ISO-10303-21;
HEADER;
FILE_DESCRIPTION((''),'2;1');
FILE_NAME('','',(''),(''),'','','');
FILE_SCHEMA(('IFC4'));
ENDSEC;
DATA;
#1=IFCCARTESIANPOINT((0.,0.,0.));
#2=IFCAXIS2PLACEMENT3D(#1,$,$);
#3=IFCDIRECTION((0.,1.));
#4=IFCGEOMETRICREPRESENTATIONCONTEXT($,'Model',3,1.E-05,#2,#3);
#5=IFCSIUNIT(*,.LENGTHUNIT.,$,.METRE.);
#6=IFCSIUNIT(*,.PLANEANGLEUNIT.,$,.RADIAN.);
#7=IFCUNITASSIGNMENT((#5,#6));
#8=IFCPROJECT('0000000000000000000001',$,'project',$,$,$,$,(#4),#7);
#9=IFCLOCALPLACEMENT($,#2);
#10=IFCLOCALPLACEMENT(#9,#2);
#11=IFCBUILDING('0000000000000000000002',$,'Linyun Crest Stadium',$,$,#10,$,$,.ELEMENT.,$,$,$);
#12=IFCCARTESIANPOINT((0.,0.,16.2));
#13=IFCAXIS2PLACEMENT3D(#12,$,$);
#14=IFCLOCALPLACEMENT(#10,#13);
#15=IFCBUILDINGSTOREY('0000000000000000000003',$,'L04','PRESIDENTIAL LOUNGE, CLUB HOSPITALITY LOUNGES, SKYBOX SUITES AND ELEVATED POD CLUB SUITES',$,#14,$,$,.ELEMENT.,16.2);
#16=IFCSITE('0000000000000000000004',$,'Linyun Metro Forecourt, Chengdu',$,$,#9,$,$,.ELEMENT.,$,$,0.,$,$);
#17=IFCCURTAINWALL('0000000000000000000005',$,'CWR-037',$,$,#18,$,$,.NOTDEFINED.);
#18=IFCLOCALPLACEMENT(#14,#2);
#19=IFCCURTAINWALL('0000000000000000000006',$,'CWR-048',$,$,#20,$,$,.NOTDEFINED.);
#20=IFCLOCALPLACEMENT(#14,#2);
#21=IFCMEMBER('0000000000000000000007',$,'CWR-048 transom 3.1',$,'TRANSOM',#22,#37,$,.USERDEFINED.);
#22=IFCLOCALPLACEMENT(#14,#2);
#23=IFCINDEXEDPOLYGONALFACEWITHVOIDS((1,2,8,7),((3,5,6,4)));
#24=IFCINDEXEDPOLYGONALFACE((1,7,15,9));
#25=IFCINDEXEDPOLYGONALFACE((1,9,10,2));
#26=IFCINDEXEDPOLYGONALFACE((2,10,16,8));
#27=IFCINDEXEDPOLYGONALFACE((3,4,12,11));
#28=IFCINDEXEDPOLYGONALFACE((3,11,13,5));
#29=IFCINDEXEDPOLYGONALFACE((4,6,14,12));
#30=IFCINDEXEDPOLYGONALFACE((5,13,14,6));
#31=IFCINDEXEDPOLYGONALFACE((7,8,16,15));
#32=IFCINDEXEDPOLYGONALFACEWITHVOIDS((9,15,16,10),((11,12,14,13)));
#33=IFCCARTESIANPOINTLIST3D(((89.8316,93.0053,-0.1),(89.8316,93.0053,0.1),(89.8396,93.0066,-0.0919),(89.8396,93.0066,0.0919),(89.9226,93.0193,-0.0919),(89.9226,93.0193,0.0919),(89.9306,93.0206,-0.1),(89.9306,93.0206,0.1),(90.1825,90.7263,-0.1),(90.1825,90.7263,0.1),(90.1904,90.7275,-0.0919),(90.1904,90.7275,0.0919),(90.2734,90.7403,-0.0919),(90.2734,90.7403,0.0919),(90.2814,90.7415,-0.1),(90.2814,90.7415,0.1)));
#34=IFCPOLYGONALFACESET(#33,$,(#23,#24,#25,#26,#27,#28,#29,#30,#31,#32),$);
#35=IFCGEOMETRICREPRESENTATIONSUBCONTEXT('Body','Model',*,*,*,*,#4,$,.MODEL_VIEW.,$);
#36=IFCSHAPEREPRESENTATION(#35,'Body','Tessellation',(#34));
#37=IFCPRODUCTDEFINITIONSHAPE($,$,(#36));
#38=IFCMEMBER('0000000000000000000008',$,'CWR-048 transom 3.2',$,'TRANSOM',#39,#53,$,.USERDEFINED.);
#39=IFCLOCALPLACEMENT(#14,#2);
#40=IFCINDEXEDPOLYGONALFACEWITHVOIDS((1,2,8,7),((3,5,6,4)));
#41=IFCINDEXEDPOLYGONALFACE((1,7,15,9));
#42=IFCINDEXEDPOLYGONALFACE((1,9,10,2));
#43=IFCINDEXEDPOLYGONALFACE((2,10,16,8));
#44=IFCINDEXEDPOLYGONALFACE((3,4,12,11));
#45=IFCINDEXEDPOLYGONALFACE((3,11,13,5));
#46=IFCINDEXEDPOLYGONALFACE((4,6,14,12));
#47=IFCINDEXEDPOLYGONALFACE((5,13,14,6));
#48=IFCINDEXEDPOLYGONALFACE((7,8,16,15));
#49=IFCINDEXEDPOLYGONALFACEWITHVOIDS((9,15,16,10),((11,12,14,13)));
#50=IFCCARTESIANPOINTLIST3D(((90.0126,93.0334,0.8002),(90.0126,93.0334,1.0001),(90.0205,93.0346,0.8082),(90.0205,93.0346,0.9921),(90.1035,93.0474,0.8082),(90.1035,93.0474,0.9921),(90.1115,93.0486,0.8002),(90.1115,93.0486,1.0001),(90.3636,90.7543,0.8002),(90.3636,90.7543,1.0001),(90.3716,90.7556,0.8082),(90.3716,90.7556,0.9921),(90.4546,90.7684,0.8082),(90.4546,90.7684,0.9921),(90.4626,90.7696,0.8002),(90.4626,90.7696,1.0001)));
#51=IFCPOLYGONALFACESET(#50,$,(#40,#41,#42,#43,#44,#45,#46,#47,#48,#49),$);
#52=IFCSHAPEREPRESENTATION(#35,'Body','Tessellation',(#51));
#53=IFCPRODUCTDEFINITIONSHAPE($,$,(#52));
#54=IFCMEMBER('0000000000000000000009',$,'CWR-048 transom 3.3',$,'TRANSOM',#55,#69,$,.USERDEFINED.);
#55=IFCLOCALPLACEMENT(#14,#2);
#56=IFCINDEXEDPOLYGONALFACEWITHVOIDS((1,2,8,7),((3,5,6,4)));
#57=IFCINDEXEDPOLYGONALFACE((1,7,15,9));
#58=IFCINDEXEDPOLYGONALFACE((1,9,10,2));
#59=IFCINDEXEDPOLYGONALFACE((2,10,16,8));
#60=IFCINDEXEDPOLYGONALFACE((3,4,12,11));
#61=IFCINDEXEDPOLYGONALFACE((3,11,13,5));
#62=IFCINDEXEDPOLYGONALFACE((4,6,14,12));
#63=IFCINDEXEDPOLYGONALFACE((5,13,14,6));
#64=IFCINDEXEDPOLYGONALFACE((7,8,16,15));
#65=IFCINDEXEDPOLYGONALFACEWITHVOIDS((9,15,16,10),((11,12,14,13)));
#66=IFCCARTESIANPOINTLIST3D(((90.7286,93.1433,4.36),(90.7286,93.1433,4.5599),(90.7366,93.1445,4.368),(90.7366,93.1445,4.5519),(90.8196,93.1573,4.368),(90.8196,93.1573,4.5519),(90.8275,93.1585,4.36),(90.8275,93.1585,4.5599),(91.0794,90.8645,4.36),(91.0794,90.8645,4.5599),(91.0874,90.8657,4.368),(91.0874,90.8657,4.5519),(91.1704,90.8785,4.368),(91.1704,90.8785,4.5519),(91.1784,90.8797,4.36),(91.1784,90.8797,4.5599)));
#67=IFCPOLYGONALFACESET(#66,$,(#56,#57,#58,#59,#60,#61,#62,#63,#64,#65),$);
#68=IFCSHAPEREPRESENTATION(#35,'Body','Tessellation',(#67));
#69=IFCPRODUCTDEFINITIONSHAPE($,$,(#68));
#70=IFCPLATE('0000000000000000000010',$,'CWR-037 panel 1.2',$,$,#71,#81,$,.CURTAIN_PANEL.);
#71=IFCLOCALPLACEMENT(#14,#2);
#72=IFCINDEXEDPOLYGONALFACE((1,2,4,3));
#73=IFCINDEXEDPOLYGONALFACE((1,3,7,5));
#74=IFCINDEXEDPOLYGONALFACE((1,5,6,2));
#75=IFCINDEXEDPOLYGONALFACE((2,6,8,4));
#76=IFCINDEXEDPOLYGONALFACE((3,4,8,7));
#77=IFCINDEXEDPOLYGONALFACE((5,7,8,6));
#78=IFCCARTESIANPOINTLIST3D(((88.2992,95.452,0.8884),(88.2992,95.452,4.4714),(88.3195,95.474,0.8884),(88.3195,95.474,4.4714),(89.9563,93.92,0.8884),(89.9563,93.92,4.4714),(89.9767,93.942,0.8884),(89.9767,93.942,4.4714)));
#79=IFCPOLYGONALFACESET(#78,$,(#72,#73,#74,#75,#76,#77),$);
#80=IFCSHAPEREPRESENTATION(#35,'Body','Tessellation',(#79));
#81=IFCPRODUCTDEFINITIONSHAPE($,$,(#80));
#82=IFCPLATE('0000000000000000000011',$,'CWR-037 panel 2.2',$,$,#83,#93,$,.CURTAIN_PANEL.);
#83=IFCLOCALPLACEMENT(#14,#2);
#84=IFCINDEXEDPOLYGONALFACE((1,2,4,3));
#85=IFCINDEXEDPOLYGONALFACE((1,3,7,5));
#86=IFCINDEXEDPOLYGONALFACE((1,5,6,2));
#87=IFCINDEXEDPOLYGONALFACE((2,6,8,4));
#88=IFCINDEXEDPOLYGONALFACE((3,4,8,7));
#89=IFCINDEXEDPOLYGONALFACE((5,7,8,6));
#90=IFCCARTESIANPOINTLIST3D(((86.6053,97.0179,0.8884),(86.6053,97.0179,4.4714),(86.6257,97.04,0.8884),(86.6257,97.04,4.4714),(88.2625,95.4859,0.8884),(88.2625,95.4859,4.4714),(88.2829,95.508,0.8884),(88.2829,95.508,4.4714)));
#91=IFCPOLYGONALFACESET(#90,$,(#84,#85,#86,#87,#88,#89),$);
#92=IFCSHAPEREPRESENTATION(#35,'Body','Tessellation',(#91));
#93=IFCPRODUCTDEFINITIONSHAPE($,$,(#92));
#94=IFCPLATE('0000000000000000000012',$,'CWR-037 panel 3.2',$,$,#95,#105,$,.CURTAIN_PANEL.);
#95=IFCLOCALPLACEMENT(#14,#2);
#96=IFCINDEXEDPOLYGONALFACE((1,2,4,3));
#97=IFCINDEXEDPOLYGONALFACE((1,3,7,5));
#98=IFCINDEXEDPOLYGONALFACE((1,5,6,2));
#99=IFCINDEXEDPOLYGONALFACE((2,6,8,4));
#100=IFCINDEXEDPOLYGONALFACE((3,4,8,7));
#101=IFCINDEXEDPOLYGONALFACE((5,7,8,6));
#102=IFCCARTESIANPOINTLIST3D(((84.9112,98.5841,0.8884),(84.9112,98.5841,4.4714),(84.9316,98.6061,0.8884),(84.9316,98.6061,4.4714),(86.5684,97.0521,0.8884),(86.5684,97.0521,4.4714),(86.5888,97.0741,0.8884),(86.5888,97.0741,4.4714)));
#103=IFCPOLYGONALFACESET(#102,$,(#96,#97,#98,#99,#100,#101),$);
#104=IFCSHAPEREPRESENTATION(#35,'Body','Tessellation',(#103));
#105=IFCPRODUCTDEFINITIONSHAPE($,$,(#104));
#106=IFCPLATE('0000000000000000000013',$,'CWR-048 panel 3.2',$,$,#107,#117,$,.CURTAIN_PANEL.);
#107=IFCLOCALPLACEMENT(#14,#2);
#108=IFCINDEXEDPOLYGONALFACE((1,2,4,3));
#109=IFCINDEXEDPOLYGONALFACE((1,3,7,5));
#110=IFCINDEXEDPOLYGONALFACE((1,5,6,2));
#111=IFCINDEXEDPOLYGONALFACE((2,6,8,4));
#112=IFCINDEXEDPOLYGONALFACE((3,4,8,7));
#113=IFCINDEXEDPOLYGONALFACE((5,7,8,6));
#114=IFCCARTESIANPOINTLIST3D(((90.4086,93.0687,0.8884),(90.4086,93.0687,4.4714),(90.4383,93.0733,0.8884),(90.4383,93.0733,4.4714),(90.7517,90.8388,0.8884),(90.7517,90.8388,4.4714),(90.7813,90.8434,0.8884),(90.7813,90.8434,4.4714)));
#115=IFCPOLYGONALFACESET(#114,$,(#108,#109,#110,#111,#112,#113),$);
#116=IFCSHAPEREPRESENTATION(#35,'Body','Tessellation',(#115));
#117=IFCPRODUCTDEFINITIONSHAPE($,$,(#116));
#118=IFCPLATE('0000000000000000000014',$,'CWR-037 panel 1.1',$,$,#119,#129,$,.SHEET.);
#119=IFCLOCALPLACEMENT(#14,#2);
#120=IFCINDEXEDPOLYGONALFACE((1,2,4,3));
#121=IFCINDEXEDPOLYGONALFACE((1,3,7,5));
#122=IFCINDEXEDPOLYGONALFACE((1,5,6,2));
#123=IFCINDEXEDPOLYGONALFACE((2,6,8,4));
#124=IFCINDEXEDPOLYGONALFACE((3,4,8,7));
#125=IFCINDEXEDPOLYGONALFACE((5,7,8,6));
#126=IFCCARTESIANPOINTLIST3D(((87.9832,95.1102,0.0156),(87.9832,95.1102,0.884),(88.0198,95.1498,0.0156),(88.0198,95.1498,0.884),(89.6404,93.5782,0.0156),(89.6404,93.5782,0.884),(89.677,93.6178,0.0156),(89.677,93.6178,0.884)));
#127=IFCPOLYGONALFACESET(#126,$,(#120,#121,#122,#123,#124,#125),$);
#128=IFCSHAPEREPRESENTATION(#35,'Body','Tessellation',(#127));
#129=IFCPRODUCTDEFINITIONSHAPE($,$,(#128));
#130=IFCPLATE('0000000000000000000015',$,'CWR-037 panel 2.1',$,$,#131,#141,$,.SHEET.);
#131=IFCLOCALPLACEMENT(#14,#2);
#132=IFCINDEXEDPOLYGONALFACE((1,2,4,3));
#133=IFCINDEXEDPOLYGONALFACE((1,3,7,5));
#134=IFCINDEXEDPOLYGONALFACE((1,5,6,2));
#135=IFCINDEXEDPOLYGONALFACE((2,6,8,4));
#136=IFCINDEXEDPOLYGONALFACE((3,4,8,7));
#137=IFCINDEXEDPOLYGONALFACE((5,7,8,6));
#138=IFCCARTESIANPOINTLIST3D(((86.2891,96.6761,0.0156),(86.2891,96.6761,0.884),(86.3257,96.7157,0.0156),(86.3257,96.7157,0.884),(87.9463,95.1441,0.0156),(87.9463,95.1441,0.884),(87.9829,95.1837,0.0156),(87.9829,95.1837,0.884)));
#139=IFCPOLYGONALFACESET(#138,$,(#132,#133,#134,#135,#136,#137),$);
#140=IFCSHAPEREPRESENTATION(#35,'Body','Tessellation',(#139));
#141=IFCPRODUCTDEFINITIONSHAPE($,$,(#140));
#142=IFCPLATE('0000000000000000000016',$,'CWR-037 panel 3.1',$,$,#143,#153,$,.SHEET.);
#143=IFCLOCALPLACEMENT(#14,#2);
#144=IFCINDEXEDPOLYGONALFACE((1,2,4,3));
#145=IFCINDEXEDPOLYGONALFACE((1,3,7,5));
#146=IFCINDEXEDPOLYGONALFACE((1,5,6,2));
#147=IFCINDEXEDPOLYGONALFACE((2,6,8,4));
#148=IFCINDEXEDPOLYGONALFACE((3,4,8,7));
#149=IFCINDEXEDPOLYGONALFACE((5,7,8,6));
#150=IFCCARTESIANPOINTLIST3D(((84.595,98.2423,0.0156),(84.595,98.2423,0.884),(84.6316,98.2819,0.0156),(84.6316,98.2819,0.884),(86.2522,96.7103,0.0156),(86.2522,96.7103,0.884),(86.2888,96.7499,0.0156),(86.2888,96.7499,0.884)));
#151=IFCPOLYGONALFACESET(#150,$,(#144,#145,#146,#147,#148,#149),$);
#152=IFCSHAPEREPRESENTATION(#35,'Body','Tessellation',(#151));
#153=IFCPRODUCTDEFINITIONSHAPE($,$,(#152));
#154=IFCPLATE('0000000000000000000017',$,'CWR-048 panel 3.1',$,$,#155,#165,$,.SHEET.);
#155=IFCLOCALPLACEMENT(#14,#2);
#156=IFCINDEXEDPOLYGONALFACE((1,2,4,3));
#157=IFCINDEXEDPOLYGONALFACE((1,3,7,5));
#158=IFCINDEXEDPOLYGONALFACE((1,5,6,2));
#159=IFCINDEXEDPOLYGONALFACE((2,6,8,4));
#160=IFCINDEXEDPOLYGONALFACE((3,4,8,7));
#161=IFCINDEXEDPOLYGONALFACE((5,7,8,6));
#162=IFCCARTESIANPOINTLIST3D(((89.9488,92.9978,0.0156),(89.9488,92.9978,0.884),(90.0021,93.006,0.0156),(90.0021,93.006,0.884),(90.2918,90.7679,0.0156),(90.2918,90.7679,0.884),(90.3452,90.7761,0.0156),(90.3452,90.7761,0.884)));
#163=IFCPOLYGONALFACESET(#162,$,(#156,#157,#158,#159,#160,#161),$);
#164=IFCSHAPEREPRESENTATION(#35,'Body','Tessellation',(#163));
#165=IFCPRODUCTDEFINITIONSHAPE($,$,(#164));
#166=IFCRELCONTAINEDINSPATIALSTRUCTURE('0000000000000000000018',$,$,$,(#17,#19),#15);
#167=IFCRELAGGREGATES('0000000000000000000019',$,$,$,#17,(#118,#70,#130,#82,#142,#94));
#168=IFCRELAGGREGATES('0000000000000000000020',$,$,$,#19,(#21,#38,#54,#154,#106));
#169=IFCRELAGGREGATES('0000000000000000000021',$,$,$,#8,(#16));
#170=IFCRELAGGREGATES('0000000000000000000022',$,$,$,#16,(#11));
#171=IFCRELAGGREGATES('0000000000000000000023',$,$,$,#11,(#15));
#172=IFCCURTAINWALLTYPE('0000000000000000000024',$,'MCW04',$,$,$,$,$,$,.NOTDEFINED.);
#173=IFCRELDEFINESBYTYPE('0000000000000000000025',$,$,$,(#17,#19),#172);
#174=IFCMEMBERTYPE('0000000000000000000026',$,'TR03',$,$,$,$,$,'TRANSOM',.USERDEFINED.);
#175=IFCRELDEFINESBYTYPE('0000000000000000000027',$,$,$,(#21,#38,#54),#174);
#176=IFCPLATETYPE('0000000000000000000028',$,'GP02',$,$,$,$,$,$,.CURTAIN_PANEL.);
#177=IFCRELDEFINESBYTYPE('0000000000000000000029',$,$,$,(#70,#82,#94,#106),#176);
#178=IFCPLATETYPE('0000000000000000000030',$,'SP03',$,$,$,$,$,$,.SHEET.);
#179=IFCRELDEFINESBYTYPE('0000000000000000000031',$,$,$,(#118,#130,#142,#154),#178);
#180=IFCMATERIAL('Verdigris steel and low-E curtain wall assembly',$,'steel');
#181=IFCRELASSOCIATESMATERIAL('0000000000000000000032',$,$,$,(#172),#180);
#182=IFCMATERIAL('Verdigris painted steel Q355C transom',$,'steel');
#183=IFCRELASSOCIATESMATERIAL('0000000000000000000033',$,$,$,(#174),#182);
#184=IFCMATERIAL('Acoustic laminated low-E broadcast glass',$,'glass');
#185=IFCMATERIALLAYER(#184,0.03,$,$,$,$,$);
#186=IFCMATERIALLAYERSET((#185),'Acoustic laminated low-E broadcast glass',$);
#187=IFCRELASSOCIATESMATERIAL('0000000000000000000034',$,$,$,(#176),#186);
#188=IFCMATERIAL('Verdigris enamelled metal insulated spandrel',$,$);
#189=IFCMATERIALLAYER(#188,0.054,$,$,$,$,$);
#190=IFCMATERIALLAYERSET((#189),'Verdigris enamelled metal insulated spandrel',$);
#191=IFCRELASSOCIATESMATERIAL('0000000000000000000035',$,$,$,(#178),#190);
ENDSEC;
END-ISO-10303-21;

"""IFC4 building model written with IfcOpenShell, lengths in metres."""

from ifc_helpers import new_model, si_unit, direction, frame, origin, origin_2d, place, context, subcontext, project, spatial, rectangle, hollow_rectangle, extrude, material, layer, layer_set, material_profile, profile_set, type_object, element, aggregate, save


model = new_model("IFC4")

# Units and contexts
model_context = context("Model", 3, precision=1e-05, world=origin(), true_north=direction((0.0, 1.0)))
body_context = subcontext(model_context, "Body", "Model", "MODEL_VIEW")
ifc_project = project(units=[si_unit("LENGTHUNIT", "METRE"), si_unit("PLANEANGLEUNIT", "RADIAN")], contexts=[model_context])

# Site, building, storey
site_placement = place(None, origin())
site = spatial("IfcSite", under=ifc_project, at=site_placement, Name="Linyun Metro Forecourt, Chengdu", CompositionType="ELEMENT", RefElevation=0.0)
building_placement = place(site_placement, origin())
building = spatial("IfcBuilding", under=site, at=building_placement, Name="Linyun Crest Stadium", CompositionType="ELEMENT")
storey_placement = place(building_placement, frame((0.0, 0.0, 16.2)))
storey = spatial("IfcBuildingStorey", under=building, at=storey_placement, Name="L04", Description="PRESIDENTIAL LOUNGE, CLUB HOSPITALITY LOUNGES, SKYBOX SUITES AND ELEVATED POD CLUB SUITES", CompositionType="ELEMENT", Elevation=16.2)

# Curtain wall
ifc_material_1 = material(Name="Verdigris steel and low-E curtain wall assembly", Category="steel")
curtain_wall_type = type_object("IfcCurtainWallType", Name="MCW04", PredefinedType="NOTDEFINED", material=ifc_material_1)
curtain_wall_1_placement = place(storey_placement, origin())
curtain_wall_1 = element("IfcCurtainWall", 1, at=curtain_wall_1_placement, inside=storey, type_object=curtain_wall_type, Name="CWR-037", PredefinedType="NOTDEFINED")

# Curtain wall
curtain_wall_2_placement = place(storey_placement, origin())
curtain_wall_2 = element("IfcCurtainWall", 2, at=curtain_wall_2_placement, inside=storey, type_object=curtain_wall_type, Name="CWR-048", PredefinedType="NOTDEFINED")

# Members
ifc_material_2 = material(Name="Verdigris painted steel Q355C transom", Category="steel")
ifc_material_profile_1 = material_profile(ifc_material_2, hollow_rectangle(XDim=0.1001, YDim=0.2, WallThickness=0.0081, at=origin_2d()), Name="RHS 200x100x8")
ifc_profile_set_1 = profile_set([ifc_material_profile_1], Name="Verdigris painted steel Q355C transom")
member_type_1 = type_object("IfcMemberType", Name="TR03", ElementType="TRANSOM", PredefinedType="USERDEFINED", material=ifc_profile_set_1)
member_1_placement = place(storey_placement, frame((90.2319, 90.7339, 0.0), z_axis=(-0.152145, 0.988358, 0.0), x_axis=(-0.988358, -0.152145, 0.0)))
member_1 = element("IfcMember", 3, at=member_1_placement, type_object=member_type_1, Name="CWR-048 transom 3.1", ObjectType="TRANSOM", PredefinedType="USERDEFINED", context=body_context, shape_type="SweptSolid", body=[
    extrude(hollow_rectangle(XDim=0.1001, YDim=0.2, WallThickness=0.0081, at=origin_2d()), origin(), (0.0, 0.0, 1.0), 2.3059),
])
member_2_placement = place(storey_placement, frame((90.4131, 90.762, 0.9001), z_axis=(-0.152248, 0.988342, 0.0), x_axis=(-0.988342, -0.152248, 0.0)))
member_2 = element("IfcMember", 4, at=member_2_placement, type_object=member_type_1, Name="CWR-048 transom 3.2", ObjectType="TRANSOM", PredefinedType="USERDEFINED", context=body_context, shape_type="SweptSolid", body=[
    extrude(hollow_rectangle(XDim=0.1001, YDim=0.2, WallThickness=0.0081, at=origin_2d()), origin(), (0.0, 0.0, 1.0), 2.3059),
])
member_3_placement = place(storey_placement, frame((91.1289, 90.8721, 4.46), z_axis=(-0.152161, 0.988356, 0.0), x_axis=(-0.988356, -0.152161, 0.0)))
member_3 = element("IfcMember", 5, at=member_3_placement, type_object=member_type_1, Name="CWR-048 transom 3.3", ObjectType="TRANSOM", PredefinedType="USERDEFINED", context=body_context, shape_type="SweptSolid", body=[
    extrude(hollow_rectangle(XDim=0.1001, YDim=0.2, WallThickness=0.0081, at=origin_2d()), origin(), (0.0, 0.0, 1.0), 2.3057),
])

# Plates
ifc_material_3 = material(Name="Acoustic laminated low-E broadcast glass", Category="glass")
ifc_layer_1 = layer(ifc_material_3, 0.03)
ifc_layer_set_1 = layer_set([ifc_layer_1], Name="Acoustic laminated low-E broadcast glass")
plate_type_1 = type_object("IfcPlateType", Name="GP02", PredefinedType="CURTAIN_PANEL", material=ifc_layer_set_1)
plate_1_placement = place(storey_placement, frame((89.1379, 94.697, 0.8884), z_axis=(0.0, 0.0, 1.0), x_axis=(-0.734299, 0.678826, 0.0)))
plate_1 = element("IfcPlate", 6, at=plate_1_placement, type_object=plate_type_1, Name="CWR-037 panel 1.2", PredefinedType="CURTAIN_PANEL", context=body_context, shape_type="SweptSolid", body=[
    extrude(rectangle(XDim=2.2568, YDim=0.03, at=origin_2d()), origin(), (0.0, 0.0, 1.0), 3.583),
])
plate_2_placement = place(storey_placement, frame((87.4441, 96.2629, 0.8884), z_axis=(0.0, 0.0, 1.0), x_axis=(-0.734299, 0.678826, 0.0)))
plate_2 = element("IfcPlate", 7, at=plate_2_placement, type_object=plate_type_1, Name="CWR-037 panel 2.2", PredefinedType="CURTAIN_PANEL", context=body_context, shape_type="SweptSolid", body=[
    extrude(rectangle(XDim=2.2568, YDim=0.03, at=origin_2d()), origin(), (0.0, 0.0, 1.0), 3.583),
])
plate_3_placement = place(storey_placement, frame((85.75, 97.8291, 0.8884), z_axis=(0.0, 0.0, 1.0), x_axis=(-0.734299, 0.678826, 0.0)))
plate_3 = element("IfcPlate", 8, at=plate_3_placement, type_object=plate_type_1, Name="CWR-037 panel 3.2", PredefinedType="CURTAIN_PANEL", context=body_context, shape_type="SweptSolid", body=[
    extrude(rectangle(XDim=2.2568, YDim=0.03, at=origin_2d()), origin(), (0.0, 0.0, 1.0), 3.583),
])
plate_4_placement = place(storey_placement, frame((90.595, 91.9561, 0.8884), z_axis=(0.0, 0.0, 1.0), x_axis=(-0.152054, 0.988372, 0.0)))
plate_4 = element("IfcPlate", 9, at=plate_4_placement, type_object=plate_type_1, Name="CWR-048 panel 3.2", PredefinedType="CURTAIN_PANEL", context=body_context, shape_type="SweptSolid", body=[
    extrude(rectangle(XDim=2.2561, YDim=0.03, at=origin_2d()), origin(), (0.0, 0.0, 1.0), 3.583),
])
ifc_material_4 = material(Name="Verdigris enamelled metal insulated spandrel")
ifc_layer_2 = layer(ifc_material_4, 0.054)
ifc_layer_set_2 = layer_set([ifc_layer_2], Name="Verdigris enamelled metal insulated spandrel")
plate_type_2 = type_object("IfcPlateType", Name="SP03", PredefinedType="SHEET", material=ifc_layer_set_2)
plate_5_placement = place(storey_placement, frame((88.8301, 94.364, 0.0156), z_axis=(0.0, 0.0, 1.0), x_axis=(-0.734299, 0.678826, 0.0)))
plate_5 = element("IfcPlate", 10, at=plate_5_placement, type_object=plate_type_2, Name="CWR-037 panel 1.1", PredefinedType="SHEET", context=body_context, shape_type="SweptSolid", body=[
    extrude(rectangle(XDim=2.2568, YDim=0.054, at=origin_2d()), origin(), (0.0, 0.0, 1.0), 0.8684),
])
plate_6_placement = place(storey_placement, frame((87.136, 95.9299, 0.0156), z_axis=(0.0, 0.0, 1.0), x_axis=(-0.734299, 0.678826, 0.0)))
plate_6 = element("IfcPlate", 11, at=plate_6_placement, type_object=plate_type_2, Name="CWR-037 panel 2.1", PredefinedType="SHEET", context=body_context, shape_type="SweptSolid", body=[
    extrude(rectangle(XDim=2.2568, YDim=0.054, at=origin_2d()), origin(), (0.0, 0.0, 1.0), 0.8684),
])
plate_7_placement = place(storey_placement, frame((85.4419, 97.4961, 0.0156), z_axis=(0.0, 0.0, 1.0), x_axis=(-0.734299, 0.678826, 0.0)))
plate_7 = element("IfcPlate", 12, at=plate_7_placement, type_object=plate_type_2, Name="CWR-037 panel 3.1", PredefinedType="SHEET", context=body_context, shape_type="SweptSolid", body=[
    extrude(rectangle(XDim=2.2568, YDim=0.054, at=origin_2d()), origin(), (0.0, 0.0, 1.0), 0.8684),
])
aggregate(curtain_wall_1, [plate_5, plate_1, plate_6, plate_2, plate_7, plate_3])
plate_8_placement = place(storey_placement, frame((90.147, 91.887, 0.0156), z_axis=(0.0, 0.0, 1.0), x_axis=(-0.152054, 0.988372, 0.0)))
plate_8 = element("IfcPlate", 13, at=plate_8_placement, type_object=plate_type_2, Name="CWR-048 panel 3.1", PredefinedType="SHEET", context=body_context, shape_type="SweptSolid", body=[
    extrude(rectangle(XDim=2.2561, YDim=0.054, at=origin_2d()), origin(), (0.0, 0.0, 1.0), 0.8684),
])
aggregate(curtain_wall_2, [member_1, member_2, member_3, plate_8, plate_4])

save(model, "model.ifc")
